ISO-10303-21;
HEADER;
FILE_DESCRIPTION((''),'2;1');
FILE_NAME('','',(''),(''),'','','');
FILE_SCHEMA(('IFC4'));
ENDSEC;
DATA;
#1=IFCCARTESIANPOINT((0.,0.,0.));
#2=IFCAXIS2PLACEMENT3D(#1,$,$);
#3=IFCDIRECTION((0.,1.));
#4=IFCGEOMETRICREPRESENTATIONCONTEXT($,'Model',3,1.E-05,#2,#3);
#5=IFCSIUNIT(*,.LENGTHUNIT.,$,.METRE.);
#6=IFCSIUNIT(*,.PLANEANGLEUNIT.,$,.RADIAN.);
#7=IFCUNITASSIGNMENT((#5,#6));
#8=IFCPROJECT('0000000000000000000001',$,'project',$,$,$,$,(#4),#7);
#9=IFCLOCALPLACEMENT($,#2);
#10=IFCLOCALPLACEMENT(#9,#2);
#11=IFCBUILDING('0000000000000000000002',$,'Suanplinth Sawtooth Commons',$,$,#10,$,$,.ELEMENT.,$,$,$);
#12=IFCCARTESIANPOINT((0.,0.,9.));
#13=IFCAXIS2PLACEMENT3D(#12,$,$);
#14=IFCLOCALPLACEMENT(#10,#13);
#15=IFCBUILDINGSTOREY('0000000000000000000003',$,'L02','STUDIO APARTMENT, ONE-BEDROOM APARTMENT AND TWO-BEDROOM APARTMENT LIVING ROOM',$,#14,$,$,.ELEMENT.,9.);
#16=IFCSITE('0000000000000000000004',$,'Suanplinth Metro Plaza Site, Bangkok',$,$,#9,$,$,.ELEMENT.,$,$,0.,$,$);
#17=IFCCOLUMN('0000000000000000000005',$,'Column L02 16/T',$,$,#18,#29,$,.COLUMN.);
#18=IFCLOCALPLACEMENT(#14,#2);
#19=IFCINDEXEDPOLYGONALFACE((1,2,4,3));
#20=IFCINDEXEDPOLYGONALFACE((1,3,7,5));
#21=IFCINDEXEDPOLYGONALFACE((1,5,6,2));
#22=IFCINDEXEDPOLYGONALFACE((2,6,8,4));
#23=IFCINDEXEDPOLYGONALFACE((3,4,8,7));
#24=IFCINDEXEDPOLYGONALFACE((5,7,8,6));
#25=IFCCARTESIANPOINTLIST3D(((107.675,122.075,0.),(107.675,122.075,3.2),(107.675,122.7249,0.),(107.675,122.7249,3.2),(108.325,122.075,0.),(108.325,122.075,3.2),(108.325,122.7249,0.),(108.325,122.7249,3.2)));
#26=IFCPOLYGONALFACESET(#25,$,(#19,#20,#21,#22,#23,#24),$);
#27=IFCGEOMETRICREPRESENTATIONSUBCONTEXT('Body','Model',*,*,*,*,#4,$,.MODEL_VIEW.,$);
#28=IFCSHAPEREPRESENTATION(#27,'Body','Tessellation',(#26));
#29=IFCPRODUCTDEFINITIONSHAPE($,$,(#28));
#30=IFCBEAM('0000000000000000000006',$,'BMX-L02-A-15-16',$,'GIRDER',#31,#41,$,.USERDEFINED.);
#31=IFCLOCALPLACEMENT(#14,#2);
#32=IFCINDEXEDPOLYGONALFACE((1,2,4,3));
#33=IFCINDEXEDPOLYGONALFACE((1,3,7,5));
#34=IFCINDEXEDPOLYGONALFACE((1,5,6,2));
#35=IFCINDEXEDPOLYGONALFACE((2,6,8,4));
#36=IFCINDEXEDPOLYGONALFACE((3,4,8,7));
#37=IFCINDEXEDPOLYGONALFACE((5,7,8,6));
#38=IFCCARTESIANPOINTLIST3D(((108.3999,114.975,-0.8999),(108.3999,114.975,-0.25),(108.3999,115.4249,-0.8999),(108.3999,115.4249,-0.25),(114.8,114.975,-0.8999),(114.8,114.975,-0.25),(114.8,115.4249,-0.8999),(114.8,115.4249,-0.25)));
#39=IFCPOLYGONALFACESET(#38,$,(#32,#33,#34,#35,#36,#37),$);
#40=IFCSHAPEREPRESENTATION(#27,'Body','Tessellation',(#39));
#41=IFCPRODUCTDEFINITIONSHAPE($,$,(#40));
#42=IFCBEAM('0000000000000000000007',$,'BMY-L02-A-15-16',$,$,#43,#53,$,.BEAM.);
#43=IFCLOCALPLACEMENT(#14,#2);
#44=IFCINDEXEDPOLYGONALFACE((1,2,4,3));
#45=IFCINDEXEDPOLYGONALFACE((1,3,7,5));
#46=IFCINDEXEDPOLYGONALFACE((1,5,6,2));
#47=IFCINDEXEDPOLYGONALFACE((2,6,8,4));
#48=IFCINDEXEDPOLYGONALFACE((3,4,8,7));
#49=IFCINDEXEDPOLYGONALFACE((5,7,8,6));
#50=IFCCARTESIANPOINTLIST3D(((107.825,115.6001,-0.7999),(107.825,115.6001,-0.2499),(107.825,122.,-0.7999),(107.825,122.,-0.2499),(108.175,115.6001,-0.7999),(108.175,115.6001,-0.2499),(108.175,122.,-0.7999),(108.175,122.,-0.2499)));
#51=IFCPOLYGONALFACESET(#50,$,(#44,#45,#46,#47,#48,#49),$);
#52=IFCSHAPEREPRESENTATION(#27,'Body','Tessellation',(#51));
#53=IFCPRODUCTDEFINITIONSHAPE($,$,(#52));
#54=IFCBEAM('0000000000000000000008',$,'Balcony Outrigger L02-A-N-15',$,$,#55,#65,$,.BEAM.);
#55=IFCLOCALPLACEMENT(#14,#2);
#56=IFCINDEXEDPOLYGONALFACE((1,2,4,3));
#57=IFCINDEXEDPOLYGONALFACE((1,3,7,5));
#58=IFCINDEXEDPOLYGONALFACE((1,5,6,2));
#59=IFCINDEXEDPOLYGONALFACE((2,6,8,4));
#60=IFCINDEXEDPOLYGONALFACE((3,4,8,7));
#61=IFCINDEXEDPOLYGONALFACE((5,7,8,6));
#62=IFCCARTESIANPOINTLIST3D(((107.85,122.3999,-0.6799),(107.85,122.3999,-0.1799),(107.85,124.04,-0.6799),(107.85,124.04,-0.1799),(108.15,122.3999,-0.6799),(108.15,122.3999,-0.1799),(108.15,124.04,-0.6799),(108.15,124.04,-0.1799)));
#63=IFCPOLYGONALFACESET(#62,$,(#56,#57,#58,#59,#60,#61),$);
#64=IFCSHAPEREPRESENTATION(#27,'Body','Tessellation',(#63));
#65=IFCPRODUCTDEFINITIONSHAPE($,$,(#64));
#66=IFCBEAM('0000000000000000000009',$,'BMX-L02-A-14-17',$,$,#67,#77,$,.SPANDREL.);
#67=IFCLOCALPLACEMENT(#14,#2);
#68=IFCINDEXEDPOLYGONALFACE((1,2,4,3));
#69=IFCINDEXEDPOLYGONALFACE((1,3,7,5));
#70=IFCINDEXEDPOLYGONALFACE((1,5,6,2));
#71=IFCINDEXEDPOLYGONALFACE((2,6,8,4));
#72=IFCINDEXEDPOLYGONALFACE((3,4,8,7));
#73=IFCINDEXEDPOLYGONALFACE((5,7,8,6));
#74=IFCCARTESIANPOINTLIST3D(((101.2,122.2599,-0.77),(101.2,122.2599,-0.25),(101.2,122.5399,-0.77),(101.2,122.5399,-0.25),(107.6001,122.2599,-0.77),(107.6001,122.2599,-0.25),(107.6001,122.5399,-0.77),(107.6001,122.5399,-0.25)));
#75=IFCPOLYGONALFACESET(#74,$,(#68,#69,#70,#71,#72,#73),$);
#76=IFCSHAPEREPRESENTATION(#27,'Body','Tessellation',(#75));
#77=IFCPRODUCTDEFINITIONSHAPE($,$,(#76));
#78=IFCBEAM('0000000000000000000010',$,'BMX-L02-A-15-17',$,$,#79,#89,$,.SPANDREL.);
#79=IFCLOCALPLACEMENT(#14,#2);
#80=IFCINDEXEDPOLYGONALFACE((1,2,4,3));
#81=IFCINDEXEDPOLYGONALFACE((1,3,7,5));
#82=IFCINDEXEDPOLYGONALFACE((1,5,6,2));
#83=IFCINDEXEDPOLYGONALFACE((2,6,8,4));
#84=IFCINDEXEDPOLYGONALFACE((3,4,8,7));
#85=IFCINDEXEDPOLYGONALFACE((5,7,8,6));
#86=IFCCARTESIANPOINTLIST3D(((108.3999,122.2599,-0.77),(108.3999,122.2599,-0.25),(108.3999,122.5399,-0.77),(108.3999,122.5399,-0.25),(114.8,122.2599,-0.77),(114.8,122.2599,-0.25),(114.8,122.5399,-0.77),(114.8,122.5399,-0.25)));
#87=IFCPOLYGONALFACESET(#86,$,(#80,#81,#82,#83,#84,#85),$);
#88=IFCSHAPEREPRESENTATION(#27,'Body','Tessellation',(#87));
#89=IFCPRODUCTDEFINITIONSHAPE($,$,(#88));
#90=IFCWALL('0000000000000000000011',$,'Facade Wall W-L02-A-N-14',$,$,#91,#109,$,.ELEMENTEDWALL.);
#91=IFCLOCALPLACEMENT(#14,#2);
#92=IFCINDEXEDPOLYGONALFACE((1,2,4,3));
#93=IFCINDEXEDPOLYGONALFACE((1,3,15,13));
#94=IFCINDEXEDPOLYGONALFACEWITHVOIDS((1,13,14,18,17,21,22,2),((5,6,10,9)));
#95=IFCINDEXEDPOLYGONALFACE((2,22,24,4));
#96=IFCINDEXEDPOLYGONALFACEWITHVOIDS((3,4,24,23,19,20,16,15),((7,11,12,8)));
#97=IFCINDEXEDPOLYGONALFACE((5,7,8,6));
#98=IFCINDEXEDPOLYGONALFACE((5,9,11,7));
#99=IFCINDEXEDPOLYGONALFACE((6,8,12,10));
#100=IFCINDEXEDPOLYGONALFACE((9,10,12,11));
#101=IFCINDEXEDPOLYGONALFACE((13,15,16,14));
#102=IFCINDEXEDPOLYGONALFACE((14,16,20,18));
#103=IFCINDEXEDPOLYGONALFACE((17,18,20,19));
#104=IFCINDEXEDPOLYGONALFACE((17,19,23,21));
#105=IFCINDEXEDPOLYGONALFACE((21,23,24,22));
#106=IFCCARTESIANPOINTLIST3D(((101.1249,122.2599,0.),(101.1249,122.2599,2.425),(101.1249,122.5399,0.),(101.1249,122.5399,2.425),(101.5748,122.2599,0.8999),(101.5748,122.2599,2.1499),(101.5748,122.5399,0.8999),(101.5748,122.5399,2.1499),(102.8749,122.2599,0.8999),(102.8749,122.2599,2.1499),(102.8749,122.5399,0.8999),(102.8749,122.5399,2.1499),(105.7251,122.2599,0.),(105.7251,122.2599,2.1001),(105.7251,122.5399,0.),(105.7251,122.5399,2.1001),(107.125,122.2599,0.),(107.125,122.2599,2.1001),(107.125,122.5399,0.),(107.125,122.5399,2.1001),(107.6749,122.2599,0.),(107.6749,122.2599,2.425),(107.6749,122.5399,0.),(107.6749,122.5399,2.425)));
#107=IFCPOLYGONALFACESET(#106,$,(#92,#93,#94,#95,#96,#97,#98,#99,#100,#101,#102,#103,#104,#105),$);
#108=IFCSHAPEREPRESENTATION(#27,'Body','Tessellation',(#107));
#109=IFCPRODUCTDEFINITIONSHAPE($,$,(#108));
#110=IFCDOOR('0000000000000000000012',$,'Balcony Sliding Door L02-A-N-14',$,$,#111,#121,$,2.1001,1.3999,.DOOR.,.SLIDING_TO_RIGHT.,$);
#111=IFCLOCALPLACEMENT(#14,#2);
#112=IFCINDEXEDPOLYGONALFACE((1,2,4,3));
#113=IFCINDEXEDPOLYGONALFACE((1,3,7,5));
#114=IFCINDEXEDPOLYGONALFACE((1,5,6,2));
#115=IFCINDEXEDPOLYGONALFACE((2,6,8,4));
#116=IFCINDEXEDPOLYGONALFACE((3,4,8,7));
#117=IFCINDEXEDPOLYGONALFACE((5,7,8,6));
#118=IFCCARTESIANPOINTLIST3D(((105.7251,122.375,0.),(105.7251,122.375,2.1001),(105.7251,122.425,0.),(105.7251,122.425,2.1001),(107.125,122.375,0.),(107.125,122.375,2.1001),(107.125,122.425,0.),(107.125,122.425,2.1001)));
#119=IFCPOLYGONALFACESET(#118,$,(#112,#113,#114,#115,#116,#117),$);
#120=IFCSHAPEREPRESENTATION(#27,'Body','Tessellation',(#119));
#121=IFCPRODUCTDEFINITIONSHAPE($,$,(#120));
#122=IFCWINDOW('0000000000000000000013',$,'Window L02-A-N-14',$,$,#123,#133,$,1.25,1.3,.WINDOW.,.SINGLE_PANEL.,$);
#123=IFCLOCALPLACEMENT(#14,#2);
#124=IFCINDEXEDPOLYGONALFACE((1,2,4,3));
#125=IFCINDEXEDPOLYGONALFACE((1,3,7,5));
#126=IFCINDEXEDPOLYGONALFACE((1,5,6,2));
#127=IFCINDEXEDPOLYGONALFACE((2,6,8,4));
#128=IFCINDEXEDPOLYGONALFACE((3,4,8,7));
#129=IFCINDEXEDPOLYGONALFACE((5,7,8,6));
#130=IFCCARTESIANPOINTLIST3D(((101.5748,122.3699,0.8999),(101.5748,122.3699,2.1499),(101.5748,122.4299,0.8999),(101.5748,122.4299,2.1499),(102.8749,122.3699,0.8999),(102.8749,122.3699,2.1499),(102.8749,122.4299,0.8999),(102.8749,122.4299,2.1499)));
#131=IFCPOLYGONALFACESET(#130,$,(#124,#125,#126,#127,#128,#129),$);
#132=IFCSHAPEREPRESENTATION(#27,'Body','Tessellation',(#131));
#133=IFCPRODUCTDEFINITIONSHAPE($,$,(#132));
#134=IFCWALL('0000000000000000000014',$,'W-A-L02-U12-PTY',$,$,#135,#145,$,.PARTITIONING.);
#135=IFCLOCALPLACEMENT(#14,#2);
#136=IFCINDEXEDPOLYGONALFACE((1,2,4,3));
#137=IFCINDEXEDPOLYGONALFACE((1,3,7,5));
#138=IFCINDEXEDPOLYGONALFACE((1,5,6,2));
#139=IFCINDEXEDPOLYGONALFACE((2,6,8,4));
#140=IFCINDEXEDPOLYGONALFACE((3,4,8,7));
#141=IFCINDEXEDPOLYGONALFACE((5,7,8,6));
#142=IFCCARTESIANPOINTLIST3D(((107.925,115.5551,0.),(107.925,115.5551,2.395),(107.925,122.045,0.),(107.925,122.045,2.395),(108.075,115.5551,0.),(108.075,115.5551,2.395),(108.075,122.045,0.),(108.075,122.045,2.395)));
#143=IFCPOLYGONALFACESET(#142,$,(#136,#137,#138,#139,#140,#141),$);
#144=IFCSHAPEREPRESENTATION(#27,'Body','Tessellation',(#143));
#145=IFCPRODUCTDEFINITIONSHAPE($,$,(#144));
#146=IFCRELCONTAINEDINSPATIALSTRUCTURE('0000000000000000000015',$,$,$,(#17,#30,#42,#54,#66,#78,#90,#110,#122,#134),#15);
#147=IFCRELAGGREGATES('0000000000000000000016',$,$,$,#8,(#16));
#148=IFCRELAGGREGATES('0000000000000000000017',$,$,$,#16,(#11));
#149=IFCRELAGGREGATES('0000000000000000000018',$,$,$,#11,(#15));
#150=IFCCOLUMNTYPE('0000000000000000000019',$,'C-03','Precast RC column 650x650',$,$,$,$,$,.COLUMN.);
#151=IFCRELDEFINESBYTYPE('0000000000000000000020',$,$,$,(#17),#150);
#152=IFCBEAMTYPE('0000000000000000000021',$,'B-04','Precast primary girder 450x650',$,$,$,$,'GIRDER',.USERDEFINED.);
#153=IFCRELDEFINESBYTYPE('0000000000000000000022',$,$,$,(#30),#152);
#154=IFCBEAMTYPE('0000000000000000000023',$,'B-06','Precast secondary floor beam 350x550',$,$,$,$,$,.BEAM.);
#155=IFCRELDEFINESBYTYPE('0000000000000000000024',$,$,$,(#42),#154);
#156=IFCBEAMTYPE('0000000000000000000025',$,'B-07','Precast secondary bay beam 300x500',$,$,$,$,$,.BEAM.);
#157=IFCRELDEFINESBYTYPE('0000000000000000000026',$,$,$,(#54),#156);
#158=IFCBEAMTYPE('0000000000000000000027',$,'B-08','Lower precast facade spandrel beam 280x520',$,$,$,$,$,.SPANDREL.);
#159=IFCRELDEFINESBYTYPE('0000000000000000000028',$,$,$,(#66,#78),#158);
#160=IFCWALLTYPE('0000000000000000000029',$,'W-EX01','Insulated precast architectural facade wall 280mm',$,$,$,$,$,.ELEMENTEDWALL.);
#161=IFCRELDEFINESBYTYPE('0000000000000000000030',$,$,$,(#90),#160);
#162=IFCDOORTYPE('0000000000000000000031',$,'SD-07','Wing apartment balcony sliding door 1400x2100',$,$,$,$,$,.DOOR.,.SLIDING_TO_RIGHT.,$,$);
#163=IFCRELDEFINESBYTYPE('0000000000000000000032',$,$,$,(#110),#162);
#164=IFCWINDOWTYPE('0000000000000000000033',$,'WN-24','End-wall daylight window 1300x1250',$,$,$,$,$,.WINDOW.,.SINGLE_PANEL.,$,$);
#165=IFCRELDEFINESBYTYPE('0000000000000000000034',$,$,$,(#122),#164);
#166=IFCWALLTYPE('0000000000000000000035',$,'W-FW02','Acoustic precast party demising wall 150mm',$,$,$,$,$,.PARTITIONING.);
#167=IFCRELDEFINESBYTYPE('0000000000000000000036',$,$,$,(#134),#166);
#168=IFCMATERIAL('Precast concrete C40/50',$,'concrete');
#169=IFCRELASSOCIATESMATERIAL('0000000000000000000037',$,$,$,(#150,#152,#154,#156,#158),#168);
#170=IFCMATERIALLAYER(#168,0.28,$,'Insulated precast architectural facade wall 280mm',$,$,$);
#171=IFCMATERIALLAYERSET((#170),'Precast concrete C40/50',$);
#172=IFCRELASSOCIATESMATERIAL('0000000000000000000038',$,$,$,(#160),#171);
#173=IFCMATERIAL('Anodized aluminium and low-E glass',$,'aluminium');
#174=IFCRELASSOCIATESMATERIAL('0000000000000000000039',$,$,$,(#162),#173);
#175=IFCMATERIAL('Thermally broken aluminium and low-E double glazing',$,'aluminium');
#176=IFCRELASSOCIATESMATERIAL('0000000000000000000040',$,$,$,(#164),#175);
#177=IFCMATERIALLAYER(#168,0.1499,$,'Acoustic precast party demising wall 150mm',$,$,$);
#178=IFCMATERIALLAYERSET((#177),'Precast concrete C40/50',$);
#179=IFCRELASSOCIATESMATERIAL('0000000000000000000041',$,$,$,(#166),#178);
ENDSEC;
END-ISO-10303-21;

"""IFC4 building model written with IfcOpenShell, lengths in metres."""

from ifc_helpers import new_model, si_unit, direction, frame, frame_2d, origin, origin_2d, place, context, subcontext, project, spatial, rectangle, extrude, material, layer, layer_set, material_profile, profile_set, type_object, element, fill, save


model = new_model("IFC4")

# Units and contexts
model_context = context("Model", 3, precision=1e-05, world=origin(), true_north=direction((0.0, 1.0)))
body_context = subcontext(model_context, "Body", "Model", "MODEL_VIEW")
ifc_project = project(units=[si_unit("LENGTHUNIT", "METRE"), si_unit("PLANEANGLEUNIT", "RADIAN")], contexts=[model_context])

# Site, building, storey
site_placement = place(None, origin())
site = spatial("IfcSite", under=ifc_project, at=site_placement, Name="Suanplinth Metro Plaza Site, Bangkok", CompositionType="ELEMENT", RefElevation=0.0)
building_placement = place(site_placement, origin())
building = spatial("IfcBuilding", under=site, at=building_placement, Name="Suanplinth Sawtooth Commons", CompositionType="ELEMENT")
storey_placement = place(building_placement, frame((0.0, 0.0, 9.0)))
storey = spatial("IfcBuildingStorey", under=building, at=storey_placement, Name="L02", Description="STUDIO APARTMENT, ONE-BEDROOM APARTMENT AND TWO-BEDROOM APARTMENT LIVING ROOM", CompositionType="ELEMENT", Elevation=9.0)

# Column
ifc_material_1 = material(Name="Precast concrete C40/50", Category="concrete")
ifc_material_profile_1 = material_profile(ifc_material_1, rectangle(XDim=0.6499, YDim=0.6499, at=origin_2d()), Name="PC-COL 650x650")
ifc_profile_set_1 = profile_set([ifc_material_profile_1], Name="Precast concrete C40/50")
column_type = type_object("IfcColumnType", Name="C-03", Description="Precast RC column 650x650", PredefinedType="COLUMN", material=ifc_profile_set_1)
column_placement = place(storey_placement, frame((108.0, 122.3999, 0.0), z_axis=(0.0, 0.0, 1.0), x_axis=(1.0, 0.0, 0.0)))
element("IfcColumn", 1, at=column_placement, inside=storey, type_object=column_type, Name="Column L02 16/T", PredefinedType="COLUMN", context=body_context, shape_type="SweptSolid", body=[
    extrude(rectangle(XDim=0.6499, YDim=0.6499, at=origin_2d()), origin(), (0.0, 0.0, 1.0), 3.2),
])

# Beams
ifc_material_profile_2 = material_profile(ifc_material_1, rectangle(XDim=0.45, YDim=0.6499, at=origin_2d()), Name="PC-GDR 450x650")
ifc_profile_set_2 = profile_set([ifc_material_profile_2], Name="Precast concrete C40/50")
beam_type_1 = type_object("IfcBeamType", Name="B-04", Description="Precast primary girder 450x650", ElementType="GIRDER", PredefinedType="USERDEFINED", material=ifc_profile_set_2)
beam_1_placement = place(storey_placement, frame((108.3999, 115.2, -0.575), z_axis=(1.0, 0.0, 0.0), x_axis=(0.0, 1.0, 0.0)))
element("IfcBeam", 2, at=beam_1_placement, inside=storey, type_object=beam_type_1, Name="BMX-L02-A-15-16", ObjectType="GIRDER", PredefinedType="USERDEFINED", context=body_context, shape_type="SweptSolid", body=[
    extrude(rectangle(XDim=0.45, YDim=0.6499, at=origin_2d()), origin(), (0.0, 0.0, 1.0), 6.4001),
])
ifc_material_profile_3 = material_profile(ifc_material_1, rectangle(XDim=0.3501, YDim=0.55, at=origin_2d()), Name="PC-BM 350x550")
ifc_profile_set_3 = profile_set([ifc_material_profile_3], Name="Precast concrete C40/50")
beam_type_2 = type_object("IfcBeamType", Name="B-06", Description="Precast secondary floor beam 350x550", PredefinedType="BEAM", material=ifc_profile_set_3)
beam_2_placement = place(storey_placement, frame((108.0, 115.6001, -0.5249), z_axis=(0.0, 1.0, 0.0), x_axis=(-1.0, 0.0, 0.0)))
element("IfcBeam", 3, at=beam_2_placement, inside=storey, type_object=beam_type_2, Name="BMY-L02-A-15-16", PredefinedType="BEAM", context=body_context, shape_type="SweptSolid", body=[
    extrude(rectangle(XDim=0.3501, YDim=0.55, at=origin_2d()), origin(), (0.0, 0.0, 1.0), 6.3999),
])
ifc_material_profile_4 = material_profile(ifc_material_1, rectangle(XDim=0.3, YDim=0.5, at=origin_2d()), Name="PC-BM 300x500")
ifc_profile_set_4 = profile_set([ifc_material_profile_4], Name="Precast concrete C40/50")
beam_type_3 = type_object("IfcBeamType", Name="B-07", Description="Precast secondary bay beam 300x500", PredefinedType="BEAM", material=ifc_profile_set_4)
beam_3_placement = place(storey_placement, frame((108.0, 122.3999, -0.4299), z_axis=(0.0, 1.0, 0.0), x_axis=(-1.0, 0.0, 0.0)))
element("IfcBeam", 4, at=beam_3_placement, inside=storey, type_object=beam_type_3, Name="Balcony Outrigger L02-A-N-15", PredefinedType="BEAM", context=body_context, shape_type="SweptSolid", body=[
    extrude(rectangle(XDim=0.3, YDim=0.5, at=origin_2d()), origin(), (0.0, 0.0, 1.0), 1.6401),
])
ifc_material_profile_5 = material_profile(ifc_material_1, rectangle(XDim=0.28, YDim=0.52, at=origin_2d()), Name="PC-SP 280x520")
ifc_profile_set_5 = profile_set([ifc_material_profile_5], Name="Precast concrete C40/50")
beam_type_4 = type_object("IfcBeamType", Name="B-08", Description="Lower precast facade spandrel beam 280x520", PredefinedType="SPANDREL", material=ifc_profile_set_5)
for number, where, z_axis, x_axis, name in (
    (5, (101.2, 122.3999, -0.51), (1.0, 0.0, 0.0), (0.0, 1.0, 0.0), "BMX-L02-A-14-17"),
    (6, (108.3999, 122.3999, -0.51), (1.0, 0.0, 0.0), (0.0, 1.0, 0.0), "BMX-L02-A-15-17"),
):
    element("IfcBeam", number, at=place(storey_placement, frame(where, z_axis=z_axis, x_axis=x_axis)), inside=storey, type_object=beam_type_4, Name=name, PredefinedType="SPANDREL", context=body_context, shape_type="SweptSolid", body=[
        extrude(rectangle(XDim=0.28, YDim=0.52, at=origin_2d()), origin(), (0.0, 0.0, 1.0), 6.4001),
    ])

# Wall, openings, door, window
ifc_layer_1 = layer(ifc_material_1, 0.28, Name="Insulated precast architectural facade wall 280mm")
ifc_layer_set_1 = layer_set([ifc_layer_1], Name="Precast concrete C40/50")
wall_type_1 = type_object("IfcWallType", Name="W-EX01", Description="Insulated precast architectural facade wall 280mm", PredefinedType="ELEMENTEDWALL", material=ifc_layer_set_1)
wall_1_placement = place(storey_placement, frame((101.125, 122.3999, 0.0), z_axis=(0.0, 0.0, 1.0), x_axis=(1.0, 0.0, 0.0)))
wall_1 = element("IfcWall", 7, at=wall_1_placement, inside=storey, type_object=wall_type_1, Name="Facade Wall W-L02-A-N-14", PredefinedType="ELEMENTEDWALL", context=body_context, shape_type="SweptSolid", body=[
    extrude(rectangle(XDim=6.55, YDim=0.28, at=frame_2d((3.2749, 0.0))), origin(), (0.0, 0.0, 1.0), 2.425),
])
opening_1_placement = place(wall_1_placement, frame((4.6001, 0.0, 0.0)))
opening_1 = element("IfcOpeningElement", 8, at=opening_1_placement, cuts=wall_1, PredefinedType="OPENING", context=body_context, shape_type="SweptSolid", body=[
    extrude(rectangle(XDim=1.3999, YDim=2.1001, at=frame_2d((0.7, 1.05))), frame((0.0, 0.1548, 0.0), z_axis=(0.0, -1.0, 0.0), x_axis=(1.0, 0.0, 0.0)), (0.0, 0.0, 1.0), 0.3098),
])
opening_2_placement = place(wall_1_placement, frame((0.45, 0.0, 0.8999)))
opening_2 = element("IfcOpeningElement", 9, at=opening_2_placement, cuts=wall_1, PredefinedType="OPENING", context=body_context, shape_type="SweptSolid", body=[
    extrude(rectangle(XDim=1.3, YDim=1.25, at=frame_2d((0.6499, 0.625))), frame((0.0, 0.1548, 0.0), z_axis=(0.0, -1.0, 0.0), x_axis=(1.0, 0.0, 0.0)), (0.0, 0.0, 1.0), 0.3098),
])
ifc_material_2 = material(Name="Anodized aluminium and low-E glass", Category="aluminium")
door_type_1 = type_object("IfcDoorType", Name="SD-07", Description="Wing apartment balcony sliding door 1400x2100", OperationType="SLIDING_TO_RIGHT", PredefinedType="DOOR", material=ifc_material_2)
door_1_placement = place(opening_1_placement, frame((1.3999, 0.0, 0.0), z_axis=(0.0, 0.0, 1.0), x_axis=(-1.0, 0.0, 0.0)))
door_1 = element("IfcDoor", 10, at=door_1_placement, inside=storey, type_object=door_type_1, Name="Balcony Sliding Door L02-A-N-14", OperationType="SLIDING_TO_RIGHT", OverallHeight=2.1001, OverallWidth=1.3999, PredefinedType="DOOR", context=body_context, shape_type="SweptSolid", body=[
    extrude(rectangle(XDim=1.3999, YDim=2.1001, at=frame_2d((0.7, 1.05))), frame((0.0, 0.0249, 0.0), z_axis=(0.0, -1.0, 0.0), x_axis=(1.0, 0.0, 0.0)), (0.0, 0.0, 1.0), 0.05),
])
fill(opening_1, door_1)
ifc_material_3 = material(Name="Thermally broken aluminium and low-E double glazing", Category="aluminium")
window_type_1 = type_object("IfcWindowType", Name="WN-24", Description="End-wall daylight window 1300x1250", PartitioningType="SINGLE_PANEL", PredefinedType="WINDOW", material=ifc_material_3)
window_1_placement = place(opening_2_placement, origin())
window_1 = element("IfcWindow", 11, at=window_1_placement, inside=storey, type_object=window_type_1, Name="Window L02-A-N-14", OverallHeight=1.25, OverallWidth=1.3, PartitioningType="SINGLE_PANEL", PredefinedType="WINDOW", context=body_context, shape_type="SweptSolid", body=[
    extrude(rectangle(XDim=1.3, YDim=1.25, at=frame_2d((0.6499, 0.625))), frame((0.0, 0.03, 0.0), z_axis=(0.0, -1.0, 0.0), x_axis=(1.0, 0.0, 0.0)), (0.0, 0.0, 1.0), 0.0601),
])
fill(opening_2, window_1)

# Wall
ifc_layer_2 = layer(ifc_material_1, 0.1499, Name="Acoustic precast party demising wall 150mm")
ifc_layer_set_2 = layer_set([ifc_layer_2], Name="Precast concrete C40/50")
wall_type_2 = type_object("IfcWallType", Name="W-FW02", Description="Acoustic precast party demising wall 150mm", PredefinedType="PARTITIONING", material=ifc_layer_set_2)
wall_2_placement = place(storey_placement, frame((108.0, 115.5549, 0.0), z_axis=(0.0, 0.0, 1.0), x_axis=(0.0, 1.0, 0.0)))
element("IfcWall", 12, at=wall_2_placement, inside=storey, type_object=wall_type_2, Name="W-A-L02-U12-PTY", PredefinedType="PARTITIONING", context=body_context, shape_type="SweptSolid", body=[
    extrude(rectangle(XDim=6.49, YDim=0.1499, at=frame_2d((3.2451, 0.0))), origin(), (0.0, 0.0, 1.0), 2.395),
])

save(model, "model.ifc")
